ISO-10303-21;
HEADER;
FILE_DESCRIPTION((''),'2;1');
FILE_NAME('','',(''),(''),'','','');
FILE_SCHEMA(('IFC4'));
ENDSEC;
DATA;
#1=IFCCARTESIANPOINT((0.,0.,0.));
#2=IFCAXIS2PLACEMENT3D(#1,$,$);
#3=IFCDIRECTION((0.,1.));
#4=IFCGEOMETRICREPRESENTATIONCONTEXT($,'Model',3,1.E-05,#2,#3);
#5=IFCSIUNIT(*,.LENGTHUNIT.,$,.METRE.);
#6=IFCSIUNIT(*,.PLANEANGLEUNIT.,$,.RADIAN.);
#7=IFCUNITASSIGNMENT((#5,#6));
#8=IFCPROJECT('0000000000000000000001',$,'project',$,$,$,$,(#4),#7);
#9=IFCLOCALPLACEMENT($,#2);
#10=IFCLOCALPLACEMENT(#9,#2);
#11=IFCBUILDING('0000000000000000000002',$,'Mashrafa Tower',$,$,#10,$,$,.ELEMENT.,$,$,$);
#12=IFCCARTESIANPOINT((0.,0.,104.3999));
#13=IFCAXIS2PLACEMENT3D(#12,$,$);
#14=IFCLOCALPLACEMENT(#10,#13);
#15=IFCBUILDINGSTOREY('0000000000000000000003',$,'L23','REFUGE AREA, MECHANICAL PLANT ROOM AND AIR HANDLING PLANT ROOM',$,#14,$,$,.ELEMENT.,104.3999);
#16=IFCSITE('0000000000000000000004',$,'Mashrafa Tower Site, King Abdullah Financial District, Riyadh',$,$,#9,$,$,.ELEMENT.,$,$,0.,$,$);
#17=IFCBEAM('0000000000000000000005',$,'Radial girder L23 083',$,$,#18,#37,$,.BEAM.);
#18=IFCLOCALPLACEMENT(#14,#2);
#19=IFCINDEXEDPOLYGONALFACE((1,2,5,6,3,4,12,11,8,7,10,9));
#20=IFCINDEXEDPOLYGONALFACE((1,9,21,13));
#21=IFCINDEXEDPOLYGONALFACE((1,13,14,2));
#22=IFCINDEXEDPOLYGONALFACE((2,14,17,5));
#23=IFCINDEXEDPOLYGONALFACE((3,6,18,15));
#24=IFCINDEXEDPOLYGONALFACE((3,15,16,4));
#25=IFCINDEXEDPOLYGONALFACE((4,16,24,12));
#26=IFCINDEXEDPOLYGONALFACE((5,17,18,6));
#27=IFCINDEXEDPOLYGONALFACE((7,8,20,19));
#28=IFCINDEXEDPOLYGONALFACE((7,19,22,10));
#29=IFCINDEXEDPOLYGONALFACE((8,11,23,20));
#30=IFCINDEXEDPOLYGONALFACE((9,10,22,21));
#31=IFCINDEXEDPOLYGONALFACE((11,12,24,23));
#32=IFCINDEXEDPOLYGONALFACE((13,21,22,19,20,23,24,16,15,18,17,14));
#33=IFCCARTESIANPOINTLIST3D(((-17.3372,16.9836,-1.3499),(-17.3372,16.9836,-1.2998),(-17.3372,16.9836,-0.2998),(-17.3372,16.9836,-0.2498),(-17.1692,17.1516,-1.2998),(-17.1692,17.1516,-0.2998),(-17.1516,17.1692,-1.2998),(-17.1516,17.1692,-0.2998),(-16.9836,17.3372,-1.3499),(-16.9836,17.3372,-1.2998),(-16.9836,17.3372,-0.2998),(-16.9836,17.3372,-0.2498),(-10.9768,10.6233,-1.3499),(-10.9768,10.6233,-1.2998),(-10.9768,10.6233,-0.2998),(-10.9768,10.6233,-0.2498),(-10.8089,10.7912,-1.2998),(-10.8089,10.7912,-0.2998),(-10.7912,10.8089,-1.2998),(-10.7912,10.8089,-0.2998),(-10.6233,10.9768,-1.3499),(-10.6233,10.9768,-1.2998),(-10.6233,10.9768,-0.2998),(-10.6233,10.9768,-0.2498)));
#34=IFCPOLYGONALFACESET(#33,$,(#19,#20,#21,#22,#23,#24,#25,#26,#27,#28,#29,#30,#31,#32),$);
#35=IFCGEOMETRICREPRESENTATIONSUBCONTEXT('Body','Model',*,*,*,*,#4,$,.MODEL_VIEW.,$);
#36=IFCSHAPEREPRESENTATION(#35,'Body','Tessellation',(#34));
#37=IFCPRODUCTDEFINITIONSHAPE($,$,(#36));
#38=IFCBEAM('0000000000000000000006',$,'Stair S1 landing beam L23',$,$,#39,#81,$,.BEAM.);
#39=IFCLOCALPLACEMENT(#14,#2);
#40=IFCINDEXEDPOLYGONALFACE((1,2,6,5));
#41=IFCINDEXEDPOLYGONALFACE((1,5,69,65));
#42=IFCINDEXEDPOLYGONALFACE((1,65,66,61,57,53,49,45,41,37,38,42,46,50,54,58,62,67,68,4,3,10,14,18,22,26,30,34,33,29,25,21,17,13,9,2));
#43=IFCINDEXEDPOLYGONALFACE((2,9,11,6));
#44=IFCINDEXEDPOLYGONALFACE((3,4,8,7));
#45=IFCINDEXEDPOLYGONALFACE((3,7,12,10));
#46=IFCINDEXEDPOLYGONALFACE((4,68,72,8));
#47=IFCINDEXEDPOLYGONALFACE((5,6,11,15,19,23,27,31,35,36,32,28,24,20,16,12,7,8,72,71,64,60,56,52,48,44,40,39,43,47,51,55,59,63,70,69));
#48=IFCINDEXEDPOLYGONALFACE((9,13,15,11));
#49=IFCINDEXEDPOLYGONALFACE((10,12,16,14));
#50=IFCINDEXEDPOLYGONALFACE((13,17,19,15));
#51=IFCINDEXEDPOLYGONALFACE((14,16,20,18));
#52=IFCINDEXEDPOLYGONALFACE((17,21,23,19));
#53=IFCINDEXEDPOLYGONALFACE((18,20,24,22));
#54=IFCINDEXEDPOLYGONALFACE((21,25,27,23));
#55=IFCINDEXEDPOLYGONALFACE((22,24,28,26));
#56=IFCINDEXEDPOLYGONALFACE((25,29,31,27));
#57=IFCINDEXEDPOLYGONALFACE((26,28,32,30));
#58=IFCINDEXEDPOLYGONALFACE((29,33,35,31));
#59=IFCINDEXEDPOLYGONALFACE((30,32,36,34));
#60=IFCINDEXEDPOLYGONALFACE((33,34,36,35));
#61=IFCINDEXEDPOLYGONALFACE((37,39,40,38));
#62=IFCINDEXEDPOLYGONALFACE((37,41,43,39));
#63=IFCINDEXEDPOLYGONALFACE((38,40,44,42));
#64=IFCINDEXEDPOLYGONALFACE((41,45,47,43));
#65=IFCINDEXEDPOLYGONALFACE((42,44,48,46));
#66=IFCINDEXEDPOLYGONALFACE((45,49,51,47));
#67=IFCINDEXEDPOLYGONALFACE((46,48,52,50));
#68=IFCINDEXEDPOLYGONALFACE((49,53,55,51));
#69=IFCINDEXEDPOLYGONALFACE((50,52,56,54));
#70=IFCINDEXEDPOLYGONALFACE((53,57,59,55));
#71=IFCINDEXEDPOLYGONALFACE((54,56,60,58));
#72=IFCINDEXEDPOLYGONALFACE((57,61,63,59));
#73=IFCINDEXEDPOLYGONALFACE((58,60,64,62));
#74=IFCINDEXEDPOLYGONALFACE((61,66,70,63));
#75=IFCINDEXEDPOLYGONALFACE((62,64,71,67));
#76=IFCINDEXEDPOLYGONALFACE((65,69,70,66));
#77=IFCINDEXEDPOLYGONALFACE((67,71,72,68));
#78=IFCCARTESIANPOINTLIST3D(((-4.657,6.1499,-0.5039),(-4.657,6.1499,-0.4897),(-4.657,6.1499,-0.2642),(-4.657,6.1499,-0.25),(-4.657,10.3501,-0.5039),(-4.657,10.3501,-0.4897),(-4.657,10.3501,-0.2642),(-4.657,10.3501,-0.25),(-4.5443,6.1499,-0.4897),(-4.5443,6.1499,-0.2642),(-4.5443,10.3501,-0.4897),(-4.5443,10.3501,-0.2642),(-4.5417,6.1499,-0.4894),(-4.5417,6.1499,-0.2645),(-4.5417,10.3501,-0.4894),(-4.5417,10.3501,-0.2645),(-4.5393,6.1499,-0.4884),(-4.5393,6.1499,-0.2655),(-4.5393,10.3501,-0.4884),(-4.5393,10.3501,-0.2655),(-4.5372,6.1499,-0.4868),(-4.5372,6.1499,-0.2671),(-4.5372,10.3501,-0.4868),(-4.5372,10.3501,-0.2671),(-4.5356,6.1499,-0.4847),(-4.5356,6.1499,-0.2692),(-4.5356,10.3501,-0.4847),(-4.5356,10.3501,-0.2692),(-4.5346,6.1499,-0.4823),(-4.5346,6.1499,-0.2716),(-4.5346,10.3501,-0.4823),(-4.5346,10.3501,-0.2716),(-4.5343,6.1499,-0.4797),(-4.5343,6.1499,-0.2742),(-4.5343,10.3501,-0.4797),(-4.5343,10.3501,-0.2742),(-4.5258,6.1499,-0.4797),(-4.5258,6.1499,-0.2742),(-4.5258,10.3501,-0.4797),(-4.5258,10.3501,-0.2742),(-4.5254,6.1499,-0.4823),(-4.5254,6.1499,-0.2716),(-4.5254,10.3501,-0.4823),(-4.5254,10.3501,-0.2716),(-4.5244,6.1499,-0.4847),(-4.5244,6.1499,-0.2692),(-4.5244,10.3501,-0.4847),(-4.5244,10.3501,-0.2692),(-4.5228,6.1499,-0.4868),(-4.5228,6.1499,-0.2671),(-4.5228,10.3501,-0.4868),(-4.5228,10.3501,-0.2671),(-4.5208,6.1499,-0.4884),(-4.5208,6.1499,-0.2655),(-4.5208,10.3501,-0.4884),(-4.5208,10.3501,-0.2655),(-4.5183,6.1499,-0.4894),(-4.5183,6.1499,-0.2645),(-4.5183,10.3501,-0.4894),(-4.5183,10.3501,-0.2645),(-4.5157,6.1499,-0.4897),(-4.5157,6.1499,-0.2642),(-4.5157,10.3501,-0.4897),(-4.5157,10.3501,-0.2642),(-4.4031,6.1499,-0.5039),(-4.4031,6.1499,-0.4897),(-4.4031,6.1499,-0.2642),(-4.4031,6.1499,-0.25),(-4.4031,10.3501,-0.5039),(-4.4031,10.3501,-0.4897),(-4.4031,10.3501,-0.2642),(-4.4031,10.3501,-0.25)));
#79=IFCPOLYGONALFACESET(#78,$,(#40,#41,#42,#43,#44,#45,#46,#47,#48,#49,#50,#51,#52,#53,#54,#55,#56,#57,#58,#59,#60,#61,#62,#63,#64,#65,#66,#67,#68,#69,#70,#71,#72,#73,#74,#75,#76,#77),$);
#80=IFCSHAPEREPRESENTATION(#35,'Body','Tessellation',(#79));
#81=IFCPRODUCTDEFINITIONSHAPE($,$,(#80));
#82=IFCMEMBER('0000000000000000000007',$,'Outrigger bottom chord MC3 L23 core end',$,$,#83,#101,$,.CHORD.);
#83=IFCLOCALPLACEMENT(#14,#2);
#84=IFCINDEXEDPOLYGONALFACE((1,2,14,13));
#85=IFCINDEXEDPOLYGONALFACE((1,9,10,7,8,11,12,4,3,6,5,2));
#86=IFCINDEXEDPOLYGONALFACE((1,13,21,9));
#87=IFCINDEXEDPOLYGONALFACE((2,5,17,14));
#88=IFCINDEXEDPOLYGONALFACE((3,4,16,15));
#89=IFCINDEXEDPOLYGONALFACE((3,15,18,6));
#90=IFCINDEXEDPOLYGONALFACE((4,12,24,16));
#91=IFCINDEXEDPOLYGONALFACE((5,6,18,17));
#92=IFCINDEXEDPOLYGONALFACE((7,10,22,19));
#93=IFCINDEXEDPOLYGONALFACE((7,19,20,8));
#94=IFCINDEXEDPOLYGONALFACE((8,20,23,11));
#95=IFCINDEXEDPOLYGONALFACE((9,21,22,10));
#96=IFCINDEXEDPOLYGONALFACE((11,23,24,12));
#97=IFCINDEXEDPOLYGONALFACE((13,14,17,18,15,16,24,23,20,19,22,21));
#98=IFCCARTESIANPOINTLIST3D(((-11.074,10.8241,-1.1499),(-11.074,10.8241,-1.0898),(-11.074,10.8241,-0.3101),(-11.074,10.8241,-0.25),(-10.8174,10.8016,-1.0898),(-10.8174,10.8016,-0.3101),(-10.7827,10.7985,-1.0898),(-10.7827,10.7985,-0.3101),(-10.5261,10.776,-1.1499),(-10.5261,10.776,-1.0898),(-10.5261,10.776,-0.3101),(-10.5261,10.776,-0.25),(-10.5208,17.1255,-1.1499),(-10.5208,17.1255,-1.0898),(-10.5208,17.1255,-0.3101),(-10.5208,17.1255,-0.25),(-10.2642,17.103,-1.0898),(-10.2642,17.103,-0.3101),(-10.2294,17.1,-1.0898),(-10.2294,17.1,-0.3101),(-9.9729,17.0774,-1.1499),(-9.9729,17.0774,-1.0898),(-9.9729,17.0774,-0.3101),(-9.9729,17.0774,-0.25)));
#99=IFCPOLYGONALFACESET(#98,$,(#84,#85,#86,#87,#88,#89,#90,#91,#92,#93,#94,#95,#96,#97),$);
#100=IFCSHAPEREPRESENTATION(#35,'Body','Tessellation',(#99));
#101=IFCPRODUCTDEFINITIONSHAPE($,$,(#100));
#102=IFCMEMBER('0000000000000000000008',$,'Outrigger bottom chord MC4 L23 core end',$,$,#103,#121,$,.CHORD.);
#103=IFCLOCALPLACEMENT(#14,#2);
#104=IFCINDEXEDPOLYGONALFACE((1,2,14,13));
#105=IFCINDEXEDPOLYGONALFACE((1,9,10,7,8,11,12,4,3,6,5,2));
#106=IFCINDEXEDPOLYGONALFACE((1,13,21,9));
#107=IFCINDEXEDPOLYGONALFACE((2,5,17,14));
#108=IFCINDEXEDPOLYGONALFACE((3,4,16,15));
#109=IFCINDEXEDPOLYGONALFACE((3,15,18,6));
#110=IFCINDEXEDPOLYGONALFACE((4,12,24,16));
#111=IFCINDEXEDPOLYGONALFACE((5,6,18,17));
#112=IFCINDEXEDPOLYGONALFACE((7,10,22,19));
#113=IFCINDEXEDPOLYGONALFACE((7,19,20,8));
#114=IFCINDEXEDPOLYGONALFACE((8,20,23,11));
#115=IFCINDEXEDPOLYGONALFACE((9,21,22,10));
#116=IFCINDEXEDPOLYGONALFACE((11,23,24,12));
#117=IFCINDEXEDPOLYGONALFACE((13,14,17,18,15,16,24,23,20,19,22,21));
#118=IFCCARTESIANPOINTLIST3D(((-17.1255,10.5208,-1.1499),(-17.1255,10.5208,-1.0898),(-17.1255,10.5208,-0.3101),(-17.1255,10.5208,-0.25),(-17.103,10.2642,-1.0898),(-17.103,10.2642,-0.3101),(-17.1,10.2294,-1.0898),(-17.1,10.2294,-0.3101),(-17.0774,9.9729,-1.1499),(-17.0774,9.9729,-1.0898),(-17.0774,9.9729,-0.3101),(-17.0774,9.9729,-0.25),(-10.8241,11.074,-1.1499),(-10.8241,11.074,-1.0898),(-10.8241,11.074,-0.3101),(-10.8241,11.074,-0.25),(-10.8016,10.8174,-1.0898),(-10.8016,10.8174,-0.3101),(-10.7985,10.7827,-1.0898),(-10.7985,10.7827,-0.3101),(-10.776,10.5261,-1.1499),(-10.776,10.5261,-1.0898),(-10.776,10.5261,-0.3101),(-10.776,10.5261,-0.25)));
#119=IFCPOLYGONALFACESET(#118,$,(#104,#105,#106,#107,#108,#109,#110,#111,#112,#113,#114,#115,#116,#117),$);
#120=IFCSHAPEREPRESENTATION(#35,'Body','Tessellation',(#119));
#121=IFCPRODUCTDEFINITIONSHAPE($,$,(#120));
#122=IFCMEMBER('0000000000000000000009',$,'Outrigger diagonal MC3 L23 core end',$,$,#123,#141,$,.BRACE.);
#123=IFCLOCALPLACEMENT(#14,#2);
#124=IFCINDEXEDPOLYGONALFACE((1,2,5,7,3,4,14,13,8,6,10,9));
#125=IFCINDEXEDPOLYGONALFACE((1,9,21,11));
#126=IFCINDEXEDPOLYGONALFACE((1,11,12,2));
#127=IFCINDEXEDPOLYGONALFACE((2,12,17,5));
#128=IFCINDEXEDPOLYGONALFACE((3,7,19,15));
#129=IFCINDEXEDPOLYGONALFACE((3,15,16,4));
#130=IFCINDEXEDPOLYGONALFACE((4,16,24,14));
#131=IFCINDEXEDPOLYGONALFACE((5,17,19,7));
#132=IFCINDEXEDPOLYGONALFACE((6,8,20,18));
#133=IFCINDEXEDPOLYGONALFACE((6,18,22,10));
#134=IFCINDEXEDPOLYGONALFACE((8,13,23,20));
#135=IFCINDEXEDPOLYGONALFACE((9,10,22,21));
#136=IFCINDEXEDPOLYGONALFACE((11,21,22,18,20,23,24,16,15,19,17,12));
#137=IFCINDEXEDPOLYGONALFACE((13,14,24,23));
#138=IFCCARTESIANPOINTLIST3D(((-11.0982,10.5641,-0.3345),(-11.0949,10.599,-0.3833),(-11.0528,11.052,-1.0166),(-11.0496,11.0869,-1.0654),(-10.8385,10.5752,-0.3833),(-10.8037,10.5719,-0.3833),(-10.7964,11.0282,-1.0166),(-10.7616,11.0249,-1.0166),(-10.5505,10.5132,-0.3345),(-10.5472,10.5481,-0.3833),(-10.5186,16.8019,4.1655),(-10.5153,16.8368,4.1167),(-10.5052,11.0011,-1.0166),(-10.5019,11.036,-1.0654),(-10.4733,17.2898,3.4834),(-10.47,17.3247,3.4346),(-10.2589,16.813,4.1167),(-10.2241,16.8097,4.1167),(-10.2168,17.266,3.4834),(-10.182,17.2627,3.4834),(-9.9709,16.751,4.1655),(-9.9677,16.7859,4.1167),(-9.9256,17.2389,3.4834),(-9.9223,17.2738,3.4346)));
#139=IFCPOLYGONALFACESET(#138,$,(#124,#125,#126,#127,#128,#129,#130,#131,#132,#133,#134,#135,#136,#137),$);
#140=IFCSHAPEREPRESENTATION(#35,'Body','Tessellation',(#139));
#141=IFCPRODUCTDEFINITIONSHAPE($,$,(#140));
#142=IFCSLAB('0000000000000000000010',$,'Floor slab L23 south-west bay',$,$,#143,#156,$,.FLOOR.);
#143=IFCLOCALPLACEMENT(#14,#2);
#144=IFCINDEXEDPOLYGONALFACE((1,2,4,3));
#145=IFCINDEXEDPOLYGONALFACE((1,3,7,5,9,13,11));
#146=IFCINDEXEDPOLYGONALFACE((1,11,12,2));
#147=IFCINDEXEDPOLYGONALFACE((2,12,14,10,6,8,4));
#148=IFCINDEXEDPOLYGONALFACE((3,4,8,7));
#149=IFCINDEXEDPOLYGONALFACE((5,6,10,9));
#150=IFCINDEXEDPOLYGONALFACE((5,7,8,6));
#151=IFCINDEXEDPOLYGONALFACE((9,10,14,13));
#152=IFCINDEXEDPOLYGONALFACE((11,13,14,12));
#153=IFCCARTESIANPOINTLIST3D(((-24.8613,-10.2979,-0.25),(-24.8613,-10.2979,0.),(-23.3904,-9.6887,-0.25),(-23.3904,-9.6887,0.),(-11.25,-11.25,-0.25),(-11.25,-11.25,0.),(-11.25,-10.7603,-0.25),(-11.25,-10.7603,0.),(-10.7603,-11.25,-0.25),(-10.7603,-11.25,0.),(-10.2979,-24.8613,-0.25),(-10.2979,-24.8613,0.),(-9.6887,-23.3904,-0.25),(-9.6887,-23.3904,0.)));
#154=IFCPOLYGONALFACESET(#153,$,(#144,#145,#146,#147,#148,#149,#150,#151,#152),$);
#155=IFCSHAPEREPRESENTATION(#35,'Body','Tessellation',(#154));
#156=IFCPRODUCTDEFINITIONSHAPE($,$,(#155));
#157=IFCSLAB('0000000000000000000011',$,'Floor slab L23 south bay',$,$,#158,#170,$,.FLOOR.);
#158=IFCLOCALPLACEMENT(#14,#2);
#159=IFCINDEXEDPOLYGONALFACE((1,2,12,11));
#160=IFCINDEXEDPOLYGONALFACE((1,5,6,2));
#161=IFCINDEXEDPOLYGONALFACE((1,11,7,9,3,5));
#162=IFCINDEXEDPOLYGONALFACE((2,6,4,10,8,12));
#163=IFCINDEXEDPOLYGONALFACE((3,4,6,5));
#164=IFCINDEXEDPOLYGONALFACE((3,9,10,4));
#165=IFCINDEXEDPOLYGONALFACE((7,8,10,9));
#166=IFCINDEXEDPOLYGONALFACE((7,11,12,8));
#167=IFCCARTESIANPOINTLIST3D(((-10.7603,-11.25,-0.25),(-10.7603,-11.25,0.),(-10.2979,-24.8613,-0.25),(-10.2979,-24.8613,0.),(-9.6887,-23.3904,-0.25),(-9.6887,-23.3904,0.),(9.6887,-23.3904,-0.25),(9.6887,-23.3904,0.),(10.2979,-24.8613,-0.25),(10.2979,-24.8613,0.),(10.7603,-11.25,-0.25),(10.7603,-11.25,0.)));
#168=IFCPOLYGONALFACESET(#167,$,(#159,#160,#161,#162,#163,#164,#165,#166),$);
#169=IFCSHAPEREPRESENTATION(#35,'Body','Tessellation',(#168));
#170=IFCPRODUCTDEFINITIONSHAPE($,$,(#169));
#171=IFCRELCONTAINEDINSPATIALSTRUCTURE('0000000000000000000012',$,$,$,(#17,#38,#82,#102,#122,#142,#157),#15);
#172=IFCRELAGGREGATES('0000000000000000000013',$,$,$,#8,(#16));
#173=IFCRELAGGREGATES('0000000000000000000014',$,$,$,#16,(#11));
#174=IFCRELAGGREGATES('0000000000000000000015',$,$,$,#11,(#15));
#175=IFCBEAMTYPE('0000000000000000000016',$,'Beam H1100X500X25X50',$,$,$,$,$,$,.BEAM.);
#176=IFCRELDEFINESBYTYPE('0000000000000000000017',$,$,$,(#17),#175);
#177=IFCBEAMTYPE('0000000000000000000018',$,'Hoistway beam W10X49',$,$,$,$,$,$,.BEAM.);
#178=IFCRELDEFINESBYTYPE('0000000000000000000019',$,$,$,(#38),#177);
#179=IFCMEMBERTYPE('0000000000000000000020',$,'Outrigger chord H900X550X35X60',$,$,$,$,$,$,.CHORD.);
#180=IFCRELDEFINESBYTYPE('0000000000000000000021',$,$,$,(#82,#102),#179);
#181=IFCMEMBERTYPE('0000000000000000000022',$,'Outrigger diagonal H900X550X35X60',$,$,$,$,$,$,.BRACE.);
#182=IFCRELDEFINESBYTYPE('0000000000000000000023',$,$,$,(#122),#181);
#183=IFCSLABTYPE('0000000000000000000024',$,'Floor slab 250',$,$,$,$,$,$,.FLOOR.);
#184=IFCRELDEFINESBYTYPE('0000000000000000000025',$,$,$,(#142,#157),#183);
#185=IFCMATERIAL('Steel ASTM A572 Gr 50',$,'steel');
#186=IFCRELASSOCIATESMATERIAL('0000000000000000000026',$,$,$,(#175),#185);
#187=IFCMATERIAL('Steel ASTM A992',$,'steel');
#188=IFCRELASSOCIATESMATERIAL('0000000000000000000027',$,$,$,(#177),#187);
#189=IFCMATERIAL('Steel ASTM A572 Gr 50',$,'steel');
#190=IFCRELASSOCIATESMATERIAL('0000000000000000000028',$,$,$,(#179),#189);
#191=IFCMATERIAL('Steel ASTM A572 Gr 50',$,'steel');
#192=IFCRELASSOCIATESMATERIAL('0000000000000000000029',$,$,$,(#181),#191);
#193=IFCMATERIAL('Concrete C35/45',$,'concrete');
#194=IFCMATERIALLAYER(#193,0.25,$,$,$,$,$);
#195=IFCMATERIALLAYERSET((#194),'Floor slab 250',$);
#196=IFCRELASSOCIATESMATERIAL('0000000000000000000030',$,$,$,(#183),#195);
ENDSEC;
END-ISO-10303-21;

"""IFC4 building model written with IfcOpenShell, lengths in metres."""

from ifc_helpers import new_model, si_unit, direction, frame, origin, origin_2d, place, context, subcontext, project, spatial, polyline, i_section, outline, extrude, source, transform, mapped, material, layer, layer_set, material_profile, profile_set, type_object, type_shapes, element, save


model = new_model("IFC4")

# Units and contexts
model_context = context("Model", 3, precision=1e-05, world=origin(), true_north=direction((0.0, 1.0)))
body_context = subcontext(model_context, "Body", "Model", "MODEL_VIEW")
ifc_project = project(units=[si_unit("LENGTHUNIT", "METRE"), si_unit("PLANEANGLEUNIT", "RADIAN")], contexts=[model_context])

# Site, building, storey
site_placement = place(None, origin())
site = spatial("IfcSite", under=ifc_project, at=site_placement, Name="Mashrafa Tower Site, King Abdullah Financial District, Riyadh", CompositionType="ELEMENT", RefElevation=0.0)
building_placement = place(site_placement, origin())
building = spatial("IfcBuilding", under=site, at=building_placement, Name="Mashrafa Tower", CompositionType="ELEMENT")
storey_placement = place(building_placement, frame((0.0, 0.0, 104.3999)))
storey = spatial("IfcBuildingStorey", under=building, at=storey_placement, Name="L23", Description="REFUGE AREA, MECHANICAL PLANT ROOM AND AIR HANDLING PLANT ROOM", CompositionType="ELEMENT", Elevation=104.3999)

# Beams
ifc_material_1 = material(Name="Steel ASTM A572 Gr 50", Category="steel")
ifc_material_profile_1 = material_profile(ifc_material_1, i_section(OverallWidth=0.5, OverallDepth=1.1001, WebThickness=0.0249, FlangeThickness=0.05, at=origin_2d()), Name="H1100X500X25X50")
ifc_profile_set_1 = profile_set([ifc_material_profile_1], Name="Steel ASTM A572 Gr 50")
beam_type_1 = type_object("IfcBeamType", Name="Beam H1100X500X25X50", PredefinedType="BEAM", material=ifc_profile_set_1)
beam_1_placement = place(storey_placement, frame((-10.8, 10.8, -0.7998), z_axis=(-0.707107, 0.707107, 0.0), x_axis=(-0.707107, -0.707107, 0.0)))
element("IfcBeam", 1, at=beam_1_placement, inside=storey, type_object=beam_type_1, Name="Radial girder L23 083", PredefinedType="BEAM", context=body_context, shape_type="SweptSolid", body=[
    extrude(i_section(OverallWidth=0.5, OverallDepth=1.1001, WebThickness=0.0249, FlangeThickness=0.05, at=origin_2d()), origin(), (0.0, 0.0, 1.0), 8.9949),
])
ifc_material_2 = material(Name="Steel ASTM A992", Category="steel")
ifc_material_profile_2 = material_profile(ifc_material_2, i_section(OverallWidth=0.2539, OverallDepth=0.2539, WebThickness=0.0085, FlangeThickness=0.0142, FilletRadius=0.01, at=origin_2d()), Name="W10X49")
ifc_profile_set_2 = profile_set([ifc_material_profile_2], Name="Steel ASTM A992")
beam_type_2 = type_object("IfcBeamType", Name="Hoistway beam W10X49", PredefinedType="BEAM", material=ifc_profile_set_2)
beam_2_placement = place(storey_placement, frame((-4.53, 6.1499, -0.377), z_axis=(0.0, 1.0, 0.0), x_axis=(-1.0, 0.0, 0.0)))
element("IfcBeam", 2, at=beam_2_placement, inside=storey, type_object=beam_type_2, Name="Stair S1 landing beam L23", PredefinedType="BEAM", context=body_context, shape_type="SweptSolid", body=[
    extrude(i_section(OverallWidth=0.2539, OverallDepth=0.2539, WebThickness=0.0085, FlangeThickness=0.0142, FilletRadius=0.01, at=origin_2d()), origin(), (0.0, 0.0, 1.0), 4.2002),
])

# Members
ifc_material_3 = material(Name="Steel ASTM A572 Gr 50", Category="steel")
ifc_material_profile_3 = material_profile(ifc_material_3, i_section(OverallWidth=0.55, OverallDepth=0.8999, WebThickness=0.0349, FlangeThickness=0.0601, at=origin_2d()), Name="H900X550X35X60")
ifc_profile_set_3 = profile_set([ifc_material_profile_3], Name="Steel ASTM A572 Gr 50")
member_type_1 = type_object("IfcMemberType", Name="Outrigger chord H900X550X35X60", PredefinedType="CHORD", material=ifc_profile_set_3)
shared_shape_1 = source(origin(), body_context, "Body", "SweptSolid", [
    extrude(i_section(OverallWidth=0.55, OverallDepth=0.8999, WebThickness=0.0349, FlangeThickness=0.0601, at=origin_2d()), origin(), (0.0, 0.0, 1.0), 6.3257),
])
type_shapes(member_type_1, [shared_shape_1])
for number, where, z_axis, x_axis, name in (
    (3, (-10.8, 10.8, -0.7), (0.087456, 0.996168, 0.0), (-0.996168, 0.087456, 0.0), "Outrigger bottom chord MC3 L23 core end"),
    (4, (-10.8, 10.8, -0.7), (-0.996168, -0.087456, 0.0), (0.087456, -0.996168, 0.0), "Outrigger bottom chord MC4 L23 core end"),
):
    element("IfcMember", number, at=place(storey_placement, frame(where, z_axis=z_axis, x_axis=x_axis)), inside=storey, type_object=member_type_1, Name=name, PredefinedType="CHORD", context=body_context, shape_type="MappedRepresentation", body=[
        mapped(shared_shape_1, transform((0.0, 0.0, 0.0))),
    ])
ifc_material_4 = material(Name="Steel ASTM A572 Gr 50", Category="steel")
ifc_material_profile_4 = material_profile(ifc_material_4, i_section(OverallWidth=0.55, OverallDepth=0.8999, WebThickness=0.0349, FlangeThickness=0.0601, at=origin_2d()), Name="H900X550X35X60")
ifc_profile_set_4 = profile_set([ifc_material_profile_4], Name="Steel ASTM A572 Gr 50")
member_type_2 = type_object("IfcMemberType", Name="Outrigger diagonal H900X550X35X60", PredefinedType="BRACE", material=ifc_profile_set_4)
shared_shape_2 = source(origin(), body_context, "Body", "SweptSolid", [
    extrude(i_section(OverallWidth=0.55, OverallDepth=0.8999, WebThickness=0.0349, FlangeThickness=0.0601, at=origin_2d()), origin(), (0.0, 0.0, 1.0), 7.7134),
])
type_shapes(member_type_2, [shared_shape_2])
member_placement = place(storey_placement, frame((-10.8, 10.8, -0.7), z_axis=(0.075141, 0.808699, 0.583403), x_axis=(-0.995711, 0.092517, 0.0)))
element("IfcMember", 5, at=member_placement, inside=storey, type_object=member_type_2, Name="Outrigger diagonal MC3 L23 core end", PredefinedType="BRACE", context=body_context, shape_type="MappedRepresentation", body=[
    mapped(shared_shape_2, transform((0.0, 0.0, 0.0))),
])

# Slabs
ifc_material_5 = material(Name="Concrete C35/45", Category="concrete")
ifc_layer_1 = layer(ifc_material_5, 0.25)
ifc_layer_set_1 = layer_set([ifc_layer_1], Name="Floor slab 250")
slab_type = type_object("IfcSlabType", Name="Floor slab 250", PredefinedType="FLOOR", material=ifc_layer_set_1)
slab_1_placement = place(storey_placement, frame((0.0, 0.0, -0.25)))
element("IfcSlab", 6, at=slab_1_placement, inside=storey, type_object=slab_type, Name="Floor slab L23 south-west bay", PredefinedType="FLOOR", context=body_context, shape_type="SweptSolid", body=[
    extrude(outline(polyline([(-24.8613, -10.2979), (-23.3904, -9.6887), (-11.25, -10.7603), (-11.25, -11.25), (-10.7603, -11.25), (-9.6887, -23.3904), (-10.2979, -24.8613), (-24.8613, -10.2979)])), origin(), (0.0, 0.0, 1.0), 0.25),
])
slab_2_placement = place(storey_placement, frame((0.0, 0.0, -0.25)))
element("IfcSlab", 7, at=slab_2_placement, inside=storey, type_object=slab_type, Name="Floor slab L23 south bay", PredefinedType="FLOOR", context=body_context, shape_type="SweptSolid", body=[
    extrude(outline(polyline([(-10.2979, -24.8613), (-10.2979, -24.8613), (-9.6887, -23.3904), (-10.7603, -11.25), (10.7603, -11.25), (9.6887, -23.3904), (10.2979, -24.8613), (10.2979, -24.8613), (-10.2979, -24.8613)])), origin(), (0.0, 0.0, 1.0), 0.25),
])

save(model, "model.ifc")
